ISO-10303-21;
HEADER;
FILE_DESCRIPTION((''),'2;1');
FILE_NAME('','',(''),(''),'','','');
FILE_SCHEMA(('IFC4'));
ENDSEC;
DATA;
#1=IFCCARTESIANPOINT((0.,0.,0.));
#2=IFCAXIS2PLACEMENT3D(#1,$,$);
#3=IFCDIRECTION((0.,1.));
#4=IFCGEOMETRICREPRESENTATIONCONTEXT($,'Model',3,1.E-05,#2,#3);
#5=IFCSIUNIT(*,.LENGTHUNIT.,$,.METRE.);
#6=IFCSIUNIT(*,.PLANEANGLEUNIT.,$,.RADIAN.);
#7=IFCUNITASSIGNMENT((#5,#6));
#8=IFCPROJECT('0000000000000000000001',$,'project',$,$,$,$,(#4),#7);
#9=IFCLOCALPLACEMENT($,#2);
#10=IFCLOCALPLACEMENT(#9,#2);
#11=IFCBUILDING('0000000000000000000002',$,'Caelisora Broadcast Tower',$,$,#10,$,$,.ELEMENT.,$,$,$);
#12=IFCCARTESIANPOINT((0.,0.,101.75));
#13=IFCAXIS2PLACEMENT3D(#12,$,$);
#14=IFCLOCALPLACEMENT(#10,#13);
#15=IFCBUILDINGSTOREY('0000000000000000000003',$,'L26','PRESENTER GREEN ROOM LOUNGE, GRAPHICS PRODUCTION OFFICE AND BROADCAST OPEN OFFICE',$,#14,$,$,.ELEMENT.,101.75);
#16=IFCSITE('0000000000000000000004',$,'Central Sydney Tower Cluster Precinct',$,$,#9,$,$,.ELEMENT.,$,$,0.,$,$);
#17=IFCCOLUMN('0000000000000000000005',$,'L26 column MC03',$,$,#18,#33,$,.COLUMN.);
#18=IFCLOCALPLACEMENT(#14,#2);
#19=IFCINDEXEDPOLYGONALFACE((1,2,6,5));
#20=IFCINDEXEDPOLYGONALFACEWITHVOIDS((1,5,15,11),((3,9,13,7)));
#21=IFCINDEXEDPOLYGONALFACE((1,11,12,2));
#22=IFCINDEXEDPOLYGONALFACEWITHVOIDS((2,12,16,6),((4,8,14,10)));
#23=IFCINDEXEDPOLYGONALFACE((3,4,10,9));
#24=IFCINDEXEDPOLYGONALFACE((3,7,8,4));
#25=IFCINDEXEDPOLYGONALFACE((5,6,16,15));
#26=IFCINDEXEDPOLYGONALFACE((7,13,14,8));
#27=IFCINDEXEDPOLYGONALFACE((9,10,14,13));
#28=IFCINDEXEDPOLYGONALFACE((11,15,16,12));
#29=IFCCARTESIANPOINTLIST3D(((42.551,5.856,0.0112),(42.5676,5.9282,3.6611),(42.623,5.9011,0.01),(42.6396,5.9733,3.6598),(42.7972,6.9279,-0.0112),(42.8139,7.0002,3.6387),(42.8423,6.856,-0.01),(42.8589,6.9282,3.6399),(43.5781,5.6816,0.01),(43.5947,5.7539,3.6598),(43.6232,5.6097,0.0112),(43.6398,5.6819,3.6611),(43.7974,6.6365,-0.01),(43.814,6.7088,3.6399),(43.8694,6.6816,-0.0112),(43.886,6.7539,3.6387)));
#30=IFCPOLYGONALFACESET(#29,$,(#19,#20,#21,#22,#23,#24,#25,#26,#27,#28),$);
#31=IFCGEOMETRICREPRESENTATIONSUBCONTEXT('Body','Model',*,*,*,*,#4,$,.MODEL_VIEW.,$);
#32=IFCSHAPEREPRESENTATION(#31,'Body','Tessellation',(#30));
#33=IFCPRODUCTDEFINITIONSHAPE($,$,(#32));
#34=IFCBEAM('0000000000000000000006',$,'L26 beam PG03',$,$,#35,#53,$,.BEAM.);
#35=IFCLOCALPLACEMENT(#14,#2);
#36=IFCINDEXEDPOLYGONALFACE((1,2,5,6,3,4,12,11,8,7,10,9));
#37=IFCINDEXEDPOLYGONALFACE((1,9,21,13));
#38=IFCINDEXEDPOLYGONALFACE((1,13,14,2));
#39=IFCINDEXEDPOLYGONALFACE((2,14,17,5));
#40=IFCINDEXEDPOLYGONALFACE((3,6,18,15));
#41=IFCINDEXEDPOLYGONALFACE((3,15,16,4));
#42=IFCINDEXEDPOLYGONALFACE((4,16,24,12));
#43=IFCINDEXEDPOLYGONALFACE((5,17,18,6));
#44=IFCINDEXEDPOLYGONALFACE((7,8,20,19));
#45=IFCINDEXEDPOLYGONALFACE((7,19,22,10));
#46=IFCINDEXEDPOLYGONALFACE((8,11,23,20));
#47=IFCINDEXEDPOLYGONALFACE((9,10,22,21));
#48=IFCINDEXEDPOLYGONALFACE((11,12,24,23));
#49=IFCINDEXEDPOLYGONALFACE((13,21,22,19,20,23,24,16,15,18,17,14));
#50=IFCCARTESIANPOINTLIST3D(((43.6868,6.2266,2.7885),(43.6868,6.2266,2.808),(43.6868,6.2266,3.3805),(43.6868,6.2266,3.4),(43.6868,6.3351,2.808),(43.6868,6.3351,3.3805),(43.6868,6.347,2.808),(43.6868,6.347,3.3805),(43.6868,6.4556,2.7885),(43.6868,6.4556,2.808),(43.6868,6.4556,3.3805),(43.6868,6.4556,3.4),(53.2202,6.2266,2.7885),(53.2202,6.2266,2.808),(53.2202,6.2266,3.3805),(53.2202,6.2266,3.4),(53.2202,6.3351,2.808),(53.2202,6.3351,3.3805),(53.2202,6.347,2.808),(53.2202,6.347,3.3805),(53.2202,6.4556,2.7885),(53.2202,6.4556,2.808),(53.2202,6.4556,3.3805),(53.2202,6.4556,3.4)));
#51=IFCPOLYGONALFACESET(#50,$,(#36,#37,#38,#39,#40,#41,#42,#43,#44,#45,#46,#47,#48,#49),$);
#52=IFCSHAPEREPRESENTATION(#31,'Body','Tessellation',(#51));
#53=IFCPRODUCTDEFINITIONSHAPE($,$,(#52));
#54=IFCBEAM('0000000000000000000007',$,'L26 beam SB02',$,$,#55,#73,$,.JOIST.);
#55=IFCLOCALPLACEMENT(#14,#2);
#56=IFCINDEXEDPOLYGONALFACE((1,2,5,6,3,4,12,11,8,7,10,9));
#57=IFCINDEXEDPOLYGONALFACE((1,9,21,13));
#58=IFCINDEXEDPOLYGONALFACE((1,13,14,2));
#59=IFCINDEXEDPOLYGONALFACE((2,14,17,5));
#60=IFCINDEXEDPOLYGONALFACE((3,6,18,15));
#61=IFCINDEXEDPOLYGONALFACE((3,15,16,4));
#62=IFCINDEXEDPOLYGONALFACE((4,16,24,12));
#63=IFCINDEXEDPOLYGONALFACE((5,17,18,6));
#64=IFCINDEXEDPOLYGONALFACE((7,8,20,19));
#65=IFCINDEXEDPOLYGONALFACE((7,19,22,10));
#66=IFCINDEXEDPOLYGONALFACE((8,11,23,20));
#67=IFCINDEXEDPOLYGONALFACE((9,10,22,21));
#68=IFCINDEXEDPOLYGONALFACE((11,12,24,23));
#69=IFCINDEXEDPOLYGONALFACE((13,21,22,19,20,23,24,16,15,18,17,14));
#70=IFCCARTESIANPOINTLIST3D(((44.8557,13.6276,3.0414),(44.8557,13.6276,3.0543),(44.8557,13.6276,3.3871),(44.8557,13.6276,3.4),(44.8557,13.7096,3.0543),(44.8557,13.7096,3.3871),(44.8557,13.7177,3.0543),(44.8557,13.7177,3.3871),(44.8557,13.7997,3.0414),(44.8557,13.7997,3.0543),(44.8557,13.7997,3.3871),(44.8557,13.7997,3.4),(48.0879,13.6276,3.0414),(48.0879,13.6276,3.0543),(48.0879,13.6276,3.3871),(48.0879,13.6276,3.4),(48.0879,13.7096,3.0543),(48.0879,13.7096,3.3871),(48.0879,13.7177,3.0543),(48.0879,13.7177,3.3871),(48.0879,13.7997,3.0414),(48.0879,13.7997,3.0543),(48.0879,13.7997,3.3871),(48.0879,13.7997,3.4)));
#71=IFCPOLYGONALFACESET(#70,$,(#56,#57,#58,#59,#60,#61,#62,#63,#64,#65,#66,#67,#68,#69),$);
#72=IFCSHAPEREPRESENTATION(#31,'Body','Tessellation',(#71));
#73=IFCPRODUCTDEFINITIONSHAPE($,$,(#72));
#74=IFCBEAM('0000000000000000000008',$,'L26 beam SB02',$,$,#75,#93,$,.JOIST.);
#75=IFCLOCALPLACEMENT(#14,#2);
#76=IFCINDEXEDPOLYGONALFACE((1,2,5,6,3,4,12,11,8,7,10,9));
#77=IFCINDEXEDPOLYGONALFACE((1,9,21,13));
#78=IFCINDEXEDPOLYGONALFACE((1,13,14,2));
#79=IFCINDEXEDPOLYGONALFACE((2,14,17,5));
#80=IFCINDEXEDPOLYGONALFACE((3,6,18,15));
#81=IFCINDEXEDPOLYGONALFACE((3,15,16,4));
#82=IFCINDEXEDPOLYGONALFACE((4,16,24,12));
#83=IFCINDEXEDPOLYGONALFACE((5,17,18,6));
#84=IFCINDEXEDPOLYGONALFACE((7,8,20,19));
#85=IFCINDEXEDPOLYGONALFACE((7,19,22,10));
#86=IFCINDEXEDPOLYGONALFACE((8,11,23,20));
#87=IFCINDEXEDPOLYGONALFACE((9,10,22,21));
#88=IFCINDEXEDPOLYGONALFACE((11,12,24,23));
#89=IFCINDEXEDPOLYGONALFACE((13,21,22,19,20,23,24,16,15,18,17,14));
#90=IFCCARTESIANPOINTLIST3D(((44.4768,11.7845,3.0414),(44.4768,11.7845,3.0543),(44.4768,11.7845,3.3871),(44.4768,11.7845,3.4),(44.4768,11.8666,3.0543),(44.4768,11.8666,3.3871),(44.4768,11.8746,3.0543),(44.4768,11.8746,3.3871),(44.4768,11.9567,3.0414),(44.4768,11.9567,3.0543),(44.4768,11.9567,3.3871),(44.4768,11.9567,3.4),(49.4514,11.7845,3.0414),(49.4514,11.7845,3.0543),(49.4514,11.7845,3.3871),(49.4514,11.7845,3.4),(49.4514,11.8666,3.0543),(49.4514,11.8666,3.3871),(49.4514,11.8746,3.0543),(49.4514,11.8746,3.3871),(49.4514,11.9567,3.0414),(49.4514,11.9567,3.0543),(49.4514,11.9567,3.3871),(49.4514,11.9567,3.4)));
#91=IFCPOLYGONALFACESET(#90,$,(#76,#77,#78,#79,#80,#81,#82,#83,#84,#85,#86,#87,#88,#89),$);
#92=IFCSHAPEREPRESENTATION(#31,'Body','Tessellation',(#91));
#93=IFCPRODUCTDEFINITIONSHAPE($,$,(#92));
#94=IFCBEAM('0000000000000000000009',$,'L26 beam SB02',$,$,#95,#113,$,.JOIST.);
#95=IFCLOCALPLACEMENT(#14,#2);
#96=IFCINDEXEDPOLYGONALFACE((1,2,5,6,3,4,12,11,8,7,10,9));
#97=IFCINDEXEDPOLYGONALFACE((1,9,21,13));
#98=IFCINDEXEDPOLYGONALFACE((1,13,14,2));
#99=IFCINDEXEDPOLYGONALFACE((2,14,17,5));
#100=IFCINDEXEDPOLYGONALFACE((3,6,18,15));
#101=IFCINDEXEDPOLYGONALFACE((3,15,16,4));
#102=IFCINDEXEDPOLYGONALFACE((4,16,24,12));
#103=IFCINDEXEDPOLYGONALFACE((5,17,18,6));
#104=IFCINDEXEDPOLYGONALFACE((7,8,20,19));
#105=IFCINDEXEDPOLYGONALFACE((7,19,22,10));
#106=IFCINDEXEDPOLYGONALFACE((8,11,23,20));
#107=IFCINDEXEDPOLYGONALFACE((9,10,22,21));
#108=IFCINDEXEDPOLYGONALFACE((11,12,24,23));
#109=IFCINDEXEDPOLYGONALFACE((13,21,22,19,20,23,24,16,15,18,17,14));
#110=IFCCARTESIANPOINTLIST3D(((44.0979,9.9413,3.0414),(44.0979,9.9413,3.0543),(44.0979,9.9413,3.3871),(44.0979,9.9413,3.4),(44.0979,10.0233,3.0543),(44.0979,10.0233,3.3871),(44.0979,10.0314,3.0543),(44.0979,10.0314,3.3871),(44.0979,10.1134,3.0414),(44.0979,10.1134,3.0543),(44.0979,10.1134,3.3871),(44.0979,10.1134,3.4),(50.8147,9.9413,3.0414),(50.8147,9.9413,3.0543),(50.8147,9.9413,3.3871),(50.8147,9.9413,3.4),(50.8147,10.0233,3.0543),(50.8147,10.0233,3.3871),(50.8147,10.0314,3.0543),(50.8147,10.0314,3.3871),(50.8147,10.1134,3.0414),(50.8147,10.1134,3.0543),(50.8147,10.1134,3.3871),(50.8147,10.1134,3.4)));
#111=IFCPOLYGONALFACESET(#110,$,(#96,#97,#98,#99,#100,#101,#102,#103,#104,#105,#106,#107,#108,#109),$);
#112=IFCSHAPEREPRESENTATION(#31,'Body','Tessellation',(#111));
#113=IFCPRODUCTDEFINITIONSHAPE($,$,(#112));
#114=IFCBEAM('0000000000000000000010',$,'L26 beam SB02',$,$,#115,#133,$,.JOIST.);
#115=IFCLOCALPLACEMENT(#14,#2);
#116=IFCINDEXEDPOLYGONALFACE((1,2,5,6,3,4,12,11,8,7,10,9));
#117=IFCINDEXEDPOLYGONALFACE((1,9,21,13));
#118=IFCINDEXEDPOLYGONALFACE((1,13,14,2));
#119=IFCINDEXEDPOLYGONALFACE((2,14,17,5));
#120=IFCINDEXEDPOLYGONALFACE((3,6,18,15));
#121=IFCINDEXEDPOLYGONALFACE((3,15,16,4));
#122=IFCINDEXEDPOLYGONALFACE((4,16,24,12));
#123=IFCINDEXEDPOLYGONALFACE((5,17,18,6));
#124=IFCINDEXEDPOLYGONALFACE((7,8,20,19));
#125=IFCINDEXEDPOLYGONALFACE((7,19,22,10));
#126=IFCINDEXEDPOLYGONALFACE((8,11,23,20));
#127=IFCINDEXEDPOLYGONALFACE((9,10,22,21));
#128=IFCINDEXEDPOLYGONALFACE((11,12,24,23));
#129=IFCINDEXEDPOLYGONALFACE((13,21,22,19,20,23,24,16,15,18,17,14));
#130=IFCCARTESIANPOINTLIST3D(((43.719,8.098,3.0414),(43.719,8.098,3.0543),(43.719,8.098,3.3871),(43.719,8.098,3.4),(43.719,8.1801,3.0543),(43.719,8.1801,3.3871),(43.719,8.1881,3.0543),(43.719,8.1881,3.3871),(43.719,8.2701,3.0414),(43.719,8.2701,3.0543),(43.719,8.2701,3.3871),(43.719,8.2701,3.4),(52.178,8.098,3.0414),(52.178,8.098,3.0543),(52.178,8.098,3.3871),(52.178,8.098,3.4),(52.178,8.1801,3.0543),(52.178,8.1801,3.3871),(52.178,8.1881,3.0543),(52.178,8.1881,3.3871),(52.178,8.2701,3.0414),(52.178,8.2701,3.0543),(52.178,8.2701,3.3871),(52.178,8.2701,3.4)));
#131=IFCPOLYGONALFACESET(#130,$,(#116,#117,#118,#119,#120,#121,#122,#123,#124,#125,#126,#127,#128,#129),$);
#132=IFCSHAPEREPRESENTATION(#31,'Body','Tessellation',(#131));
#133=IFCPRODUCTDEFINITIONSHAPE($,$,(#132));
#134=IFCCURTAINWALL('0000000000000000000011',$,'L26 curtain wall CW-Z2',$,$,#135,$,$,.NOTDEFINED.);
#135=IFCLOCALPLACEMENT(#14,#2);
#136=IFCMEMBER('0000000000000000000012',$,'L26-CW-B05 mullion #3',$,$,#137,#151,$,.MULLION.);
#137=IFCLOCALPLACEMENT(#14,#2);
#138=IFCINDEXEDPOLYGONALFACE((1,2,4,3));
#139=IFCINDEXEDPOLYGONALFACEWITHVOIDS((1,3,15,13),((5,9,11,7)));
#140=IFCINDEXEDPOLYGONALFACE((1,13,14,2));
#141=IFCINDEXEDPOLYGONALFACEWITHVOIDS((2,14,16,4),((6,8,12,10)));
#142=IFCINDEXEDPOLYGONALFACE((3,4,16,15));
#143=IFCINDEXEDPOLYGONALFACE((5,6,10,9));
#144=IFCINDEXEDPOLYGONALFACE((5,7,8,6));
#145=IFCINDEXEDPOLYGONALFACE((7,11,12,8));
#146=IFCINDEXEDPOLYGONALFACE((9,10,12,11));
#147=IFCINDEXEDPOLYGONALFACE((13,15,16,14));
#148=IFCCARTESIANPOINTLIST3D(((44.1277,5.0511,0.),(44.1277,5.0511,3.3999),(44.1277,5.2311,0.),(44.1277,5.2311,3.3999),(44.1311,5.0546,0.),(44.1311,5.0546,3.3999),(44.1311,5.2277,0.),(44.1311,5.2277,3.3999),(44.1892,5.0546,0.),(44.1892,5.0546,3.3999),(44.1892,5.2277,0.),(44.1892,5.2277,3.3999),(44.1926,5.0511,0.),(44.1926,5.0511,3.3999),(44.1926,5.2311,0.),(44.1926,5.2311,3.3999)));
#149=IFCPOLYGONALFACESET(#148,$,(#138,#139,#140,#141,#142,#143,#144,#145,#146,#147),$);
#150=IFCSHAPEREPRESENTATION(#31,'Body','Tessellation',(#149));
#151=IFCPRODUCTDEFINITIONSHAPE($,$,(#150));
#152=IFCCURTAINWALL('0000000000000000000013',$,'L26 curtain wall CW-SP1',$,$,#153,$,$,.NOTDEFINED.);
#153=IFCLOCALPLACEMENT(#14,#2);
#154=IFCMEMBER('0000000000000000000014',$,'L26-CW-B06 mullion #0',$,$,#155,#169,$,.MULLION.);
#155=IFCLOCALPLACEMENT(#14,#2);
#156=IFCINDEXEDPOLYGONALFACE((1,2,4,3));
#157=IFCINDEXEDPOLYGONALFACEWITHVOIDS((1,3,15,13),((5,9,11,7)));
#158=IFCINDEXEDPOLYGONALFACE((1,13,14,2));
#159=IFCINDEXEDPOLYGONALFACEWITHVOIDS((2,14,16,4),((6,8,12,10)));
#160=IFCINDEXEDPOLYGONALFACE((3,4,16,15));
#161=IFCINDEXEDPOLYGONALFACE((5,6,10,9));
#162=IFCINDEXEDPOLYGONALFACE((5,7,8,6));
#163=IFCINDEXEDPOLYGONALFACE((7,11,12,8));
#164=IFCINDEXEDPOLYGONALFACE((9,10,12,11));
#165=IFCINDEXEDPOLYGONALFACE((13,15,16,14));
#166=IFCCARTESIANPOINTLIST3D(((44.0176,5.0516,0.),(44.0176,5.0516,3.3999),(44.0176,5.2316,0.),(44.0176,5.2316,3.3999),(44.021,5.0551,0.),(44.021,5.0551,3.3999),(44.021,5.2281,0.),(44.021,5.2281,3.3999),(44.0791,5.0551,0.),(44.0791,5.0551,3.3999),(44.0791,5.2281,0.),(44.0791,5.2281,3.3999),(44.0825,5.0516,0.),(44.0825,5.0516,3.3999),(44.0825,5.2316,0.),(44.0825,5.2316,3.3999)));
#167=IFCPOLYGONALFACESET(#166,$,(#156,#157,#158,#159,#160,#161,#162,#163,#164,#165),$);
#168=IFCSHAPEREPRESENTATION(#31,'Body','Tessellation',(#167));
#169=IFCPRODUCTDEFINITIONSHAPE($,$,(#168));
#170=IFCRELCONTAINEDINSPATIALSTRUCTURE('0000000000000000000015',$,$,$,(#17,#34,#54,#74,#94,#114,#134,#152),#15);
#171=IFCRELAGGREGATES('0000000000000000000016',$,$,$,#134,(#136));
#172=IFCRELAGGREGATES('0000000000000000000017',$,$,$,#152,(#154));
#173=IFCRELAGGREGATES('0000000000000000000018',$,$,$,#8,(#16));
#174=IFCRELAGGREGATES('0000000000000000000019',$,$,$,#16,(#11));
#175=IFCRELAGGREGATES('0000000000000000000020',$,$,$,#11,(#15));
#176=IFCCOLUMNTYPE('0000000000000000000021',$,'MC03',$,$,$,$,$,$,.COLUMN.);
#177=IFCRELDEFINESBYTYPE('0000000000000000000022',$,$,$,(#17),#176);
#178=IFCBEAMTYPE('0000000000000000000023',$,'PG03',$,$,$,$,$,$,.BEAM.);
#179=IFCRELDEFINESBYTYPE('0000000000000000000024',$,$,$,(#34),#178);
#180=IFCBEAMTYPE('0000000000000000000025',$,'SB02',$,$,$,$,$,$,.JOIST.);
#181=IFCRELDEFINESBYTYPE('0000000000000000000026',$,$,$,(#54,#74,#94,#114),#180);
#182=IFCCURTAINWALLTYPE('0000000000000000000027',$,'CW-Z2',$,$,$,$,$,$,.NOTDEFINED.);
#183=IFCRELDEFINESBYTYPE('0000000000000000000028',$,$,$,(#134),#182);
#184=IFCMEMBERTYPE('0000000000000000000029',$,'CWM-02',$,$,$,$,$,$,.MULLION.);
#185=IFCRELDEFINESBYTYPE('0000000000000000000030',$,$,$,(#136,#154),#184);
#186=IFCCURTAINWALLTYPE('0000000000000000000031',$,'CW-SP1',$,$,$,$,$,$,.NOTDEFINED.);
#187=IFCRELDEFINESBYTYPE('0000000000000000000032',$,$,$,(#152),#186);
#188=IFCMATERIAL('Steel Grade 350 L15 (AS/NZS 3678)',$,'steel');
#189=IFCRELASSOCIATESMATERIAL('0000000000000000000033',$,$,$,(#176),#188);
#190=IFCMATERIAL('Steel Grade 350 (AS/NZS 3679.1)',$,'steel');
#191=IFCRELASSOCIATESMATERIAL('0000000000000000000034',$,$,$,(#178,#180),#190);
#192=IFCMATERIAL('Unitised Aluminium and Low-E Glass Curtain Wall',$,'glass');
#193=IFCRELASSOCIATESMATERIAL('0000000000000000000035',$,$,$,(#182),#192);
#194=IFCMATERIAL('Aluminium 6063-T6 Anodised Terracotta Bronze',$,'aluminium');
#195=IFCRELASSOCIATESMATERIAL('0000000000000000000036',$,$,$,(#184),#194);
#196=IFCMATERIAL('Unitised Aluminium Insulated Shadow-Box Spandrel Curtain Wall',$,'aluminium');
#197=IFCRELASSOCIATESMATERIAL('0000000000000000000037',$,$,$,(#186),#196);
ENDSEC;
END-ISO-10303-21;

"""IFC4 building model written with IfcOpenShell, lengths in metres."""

from ifc_helpers import new_model, si_unit, direction, frame, origin, origin_2d, place, context, subcontext, project, spatial, hollow_rectangle, i_section, extrude, source, transform, mapped, material, material_profile, profile_set, type_object, type_shapes, element, aggregate, save


model = new_model("IFC4")

# Units and contexts
model_context = context("Model", 3, precision=1e-05, world=origin(), true_north=direction((0.0, 1.0)))
body_context = subcontext(model_context, "Body", "Model", "MODEL_VIEW")
ifc_project = project(units=[si_unit("LENGTHUNIT", "METRE"), si_unit("PLANEANGLEUNIT", "RADIAN")], contexts=[model_context])

# Site, building, storey
site_placement = place(None, origin())
site = spatial("IfcSite", under=ifc_project, at=site_placement, Name="Central Sydney Tower Cluster Precinct", CompositionType="ELEMENT", RefElevation=0.0)
building_placement = place(site_placement, origin())
building = spatial("IfcBuilding", under=site, at=building_placement, Name="Caelisora Broadcast Tower", CompositionType="ELEMENT")
storey_placement = place(building_placement, frame((0.0, 0.0, 101.75)))
storey = spatial("IfcBuildingStorey", under=building, at=storey_placement, Name="L26", Description="PRESENTER GREEN ROOM LOUNGE, GRAPHICS PRODUCTION OFFICE AND BROADCAST OPEN OFFICE", CompositionType="ELEMENT", Elevation=101.75)

# Column
ifc_material_1 = material(Name="Steel Grade 350 L15 (AS/NZS 3678)", Category="steel")
ifc_material_profile_1 = material_profile(ifc_material_1, hollow_rectangle(XDim=1.1001, YDim=1.1001, WallThickness=0.0601, at=origin_2d()), Name="Steel Grade 350 L15 (AS/NZS 3678)")
ifc_profile_set_1 = profile_set([ifc_material_profile_1], Name="Steel Grade 350 L15 (AS/NZS 3678)")
column_type = type_object("IfcColumnType", Name="MC03", PredefinedType="COLUMN", material=ifc_profile_set_1)
shared_shape_1 = source(origin(), body_context, "Body", "SweptSolid", [
    extrude(hollow_rectangle(XDim=1.1001, YDim=1.1001, WallThickness=0.0601, at=origin_2d()), origin(), (0.0, 0.0, 1.0), 3.6506),
])
type_shapes(column_type, [shared_shape_1])
column_placement = place(storey_placement, frame((43.2102, 6.2688, 0.0), z_axis=(0.004548, 0.019795, 0.999794), x_axis=(-0.974613, 0.223898, 0.0)))
element("IfcColumn", 1, at=column_placement, inside=storey, type_object=column_type, Name="L26 column MC03", PredefinedType="COLUMN", context=body_context, shape_type="MappedRepresentation", body=[
    mapped(shared_shape_1, transform((0.0, 0.0, 0.0), scale=1.0)),
])

# Beams
ifc_material_2 = material(Name="Steel Grade 350 (AS/NZS 3679.1)", Category="steel")
ifc_material_profile_2 = material_profile(ifc_material_2, i_section(OverallWidth=0.229, OverallDepth=0.6116, WebThickness=0.012, FlangeThickness=0.0195, at=origin_2d()), Name="Steel Grade 350 (AS/NZS 3679.1)")
ifc_profile_set_2 = profile_set([ifc_material_profile_2], Name="Steel Grade 350 (AS/NZS 3679.1)")
beam_type_1 = type_object("IfcBeamType", Name="PG03", PredefinedType="BEAM", material=ifc_profile_set_2)
shared_shape_2 = source(origin(), body_context, "Body", "SweptSolid", [
    extrude(i_section(OverallWidth=0.229, OverallDepth=0.6116, WebThickness=0.012, FlangeThickness=0.0195, at=origin_2d()), origin(), (0.0, 0.0, 1.0), 9.5334),
])
type_shapes(beam_type_1, [shared_shape_2])
beam_1_placement = place(storey_placement, frame((43.6868, 6.3411, 3.0942), z_axis=(1.0, 0.0, 0.0), x_axis=(0.0, 1.0, 0.0)))
element("IfcBeam", 2, at=beam_1_placement, inside=storey, type_object=beam_type_1, Name="L26 beam PG03", PredefinedType="BEAM", context=body_context, shape_type="MappedRepresentation", body=[
    mapped(shared_shape_2, transform((0.0, 0.0, 0.0), scale=1.0)),
])
ifc_material_profile_3 = material_profile(ifc_material_2, i_section(OverallWidth=0.1721, OverallDepth=0.3586, WebThickness=0.0081, FlangeThickness=0.0129, at=origin_2d()), Name="Steel Grade 350 (AS/NZS 3679.1)")
ifc_profile_set_3 = profile_set([ifc_material_profile_3], Name="Steel Grade 350 (AS/NZS 3679.1)")
beam_type_2 = type_object("IfcBeamType", Name="SB02", PredefinedType="JOIST", material=ifc_profile_set_3)
shared_shape_3 = source(origin(), body_context, "Body", "SweptSolid", [
    extrude(i_section(OverallWidth=0.1721, OverallDepth=0.3586, WebThickness=0.0081, FlangeThickness=0.0129, at=origin_2d()), origin(), (0.0, 0.0, 1.0), 3.2322),
])
beam_2_placement = place(storey_placement, frame((44.8557, 13.7136, 3.2207), z_axis=(1.0, 0.0, 0.0), x_axis=(0.0, 1.0, 0.0)))
element("IfcBeam", 3, at=beam_2_placement, inside=storey, type_object=beam_type_2, Name="L26 beam SB02", PredefinedType="JOIST", context=body_context, shape_type="MappedRepresentation", body=[
    mapped(shared_shape_3, transform((0.0, 0.0, 0.0), scale=1.0)),
])
shared_shape_4 = source(origin(), body_context, "Body", "SweptSolid", [
    extrude(i_section(OverallWidth=0.1721, OverallDepth=0.3586, WebThickness=0.0081, FlangeThickness=0.0129, at=origin_2d()), origin(), (0.0, 0.0, 1.0), 4.9746),
])
beam_3_placement = place(storey_placement, frame((44.4768, 11.8706, 3.2207), z_axis=(1.0, 0.0, 0.0), x_axis=(0.0, 1.0, 0.0)))
element("IfcBeam", 4, at=beam_3_placement, inside=storey, type_object=beam_type_2, Name="L26 beam SB02", PredefinedType="JOIST", context=body_context, shape_type="MappedRepresentation", body=[
    mapped(shared_shape_4, transform((0.0, 0.0, 0.0), scale=1.0)),
])
shared_shape_5 = source(origin(), body_context, "Body", "SweptSolid", [
    extrude(i_section(OverallWidth=0.1721, OverallDepth=0.3586, WebThickness=0.0081, FlangeThickness=0.0129, at=origin_2d()), origin(), (0.0, 0.0, 1.0), 6.7168),
])
beam_4_placement = place(storey_placement, frame((44.0979, 10.0273, 3.2207), z_axis=(1.0, 0.0, 0.0), x_axis=(0.0, 1.0, 0.0)))
element("IfcBeam", 5, at=beam_4_placement, inside=storey, type_object=beam_type_2, Name="L26 beam SB02", PredefinedType="JOIST", context=body_context, shape_type="MappedRepresentation", body=[
    mapped(shared_shape_5, transform((0.0, 0.0, 0.0), scale=1.0)),
])
shared_shape_6 = source(origin(), body_context, "Body", "SweptSolid", [
    extrude(i_section(OverallWidth=0.1721, OverallDepth=0.3586, WebThickness=0.0081, FlangeThickness=0.0129, at=origin_2d()), origin(), (0.0, 0.0, 1.0), 8.459),
])
type_shapes(beam_type_2, [shared_shape_3, shared_shape_4, shared_shape_5, shared_shape_6])
beam_5_placement = place(storey_placement, frame((43.719, 8.1841, 3.2207), z_axis=(1.0, 0.0, 0.0), x_axis=(0.0, 1.0, 0.0)))
element("IfcBeam", 6, at=beam_5_placement, inside=storey, type_object=beam_type_2, Name="L26 beam SB02", PredefinedType="JOIST", context=body_context, shape_type="MappedRepresentation", body=[
    mapped(shared_shape_6, transform((0.0, 0.0, 0.0), scale=1.0)),
])

# Curtain wall, member
ifc_material_3 = material(Name="Unitised Aluminium and Low-E Glass Curtain Wall", Category="glass")
curtain_wall_type_1 = type_object("IfcCurtainWallType", Name="CW-Z2", PredefinedType="NOTDEFINED", material=ifc_material_3)
curtain_wall_1_placement = place(storey_placement, origin())
curtain_wall_1 = element("IfcCurtainWall", 7, at=curtain_wall_1_placement, inside=storey, type_object=curtain_wall_type_1, Name="L26 curtain wall CW-Z2", PredefinedType="NOTDEFINED")
ifc_material_4 = material(Name="Aluminium 6063-T6 Anodised Terracotta Bronze", Category="aluminium")
ifc_material_profile_4 = material_profile(ifc_material_4, hollow_rectangle(XDim=0.0649, YDim=0.1799, WallThickness=0.0034, at=origin_2d()), Name="Aluminium 6063-T6 Anodised Terracotta Bronze")
ifc_profile_set_4 = profile_set([ifc_material_profile_4], Name="Aluminium 6063-T6 Anodised Terracotta Bronze")
member_type_1 = type_object("IfcMemberType", Name="CWM-02", PredefinedType="MULLION", material=ifc_profile_set_4)
shared_shape_7 = source(origin(), body_context, "Body", "SweptSolid", [
    extrude(hollow_rectangle(XDim=0.0649, YDim=0.1799, WallThickness=0.0034, at=origin_2d()), origin(), (0.0, 0.0, 1.0), 3.3999),
])
type_shapes(member_type_1, [shared_shape_7])
member_1_placement = place(storey_placement, frame((44.1602, 5.1411, 0.0), z_axis=(0.0, 0.0, 1.0), x_axis=(1.0, 0.0, 0.0)))
member_1 = element("IfcMember", 8, at=member_1_placement, type_object=member_type_1, Name="L26-CW-B05 mullion #3", PredefinedType="MULLION", context=body_context, shape_type="MappedRepresentation", body=[
    mapped(shared_shape_7, transform((0.0, 0.0, 0.0), scale=1.0)),
])
aggregate(curtain_wall_1, [member_1])

# Curtain wall, member
ifc_material_5 = material(Name="Unitised Aluminium Insulated Shadow-Box Spandrel Curtain Wall", Category="aluminium")
curtain_wall_type_2 = type_object("IfcCurtainWallType", Name="CW-SP1", PredefinedType="NOTDEFINED", material=ifc_material_5)
curtain_wall_2_placement = place(storey_placement, origin())
curtain_wall_2 = element("IfcCurtainWall", 9, at=curtain_wall_2_placement, inside=storey, type_object=curtain_wall_type_2, Name="L26 curtain wall CW-SP1", PredefinedType="NOTDEFINED")
member_2_placement = place(storey_placement, frame((44.05, 5.1416, 0.0), z_axis=(0.0, 0.0, 1.0), x_axis=(1.0, 0.0, 0.0)))
member_2 = element("IfcMember", 10, at=member_2_placement, type_object=member_type_1, Name="L26-CW-B06 mullion #0", PredefinedType="MULLION", context=body_context, shape_type="MappedRepresentation", body=[
    mapped(shared_shape_7, transform((0.0, 0.0, 0.0), scale=1.0)),
])

aggregate(curtain_wall_2, [member_2])

save(model, "model.ifc")
